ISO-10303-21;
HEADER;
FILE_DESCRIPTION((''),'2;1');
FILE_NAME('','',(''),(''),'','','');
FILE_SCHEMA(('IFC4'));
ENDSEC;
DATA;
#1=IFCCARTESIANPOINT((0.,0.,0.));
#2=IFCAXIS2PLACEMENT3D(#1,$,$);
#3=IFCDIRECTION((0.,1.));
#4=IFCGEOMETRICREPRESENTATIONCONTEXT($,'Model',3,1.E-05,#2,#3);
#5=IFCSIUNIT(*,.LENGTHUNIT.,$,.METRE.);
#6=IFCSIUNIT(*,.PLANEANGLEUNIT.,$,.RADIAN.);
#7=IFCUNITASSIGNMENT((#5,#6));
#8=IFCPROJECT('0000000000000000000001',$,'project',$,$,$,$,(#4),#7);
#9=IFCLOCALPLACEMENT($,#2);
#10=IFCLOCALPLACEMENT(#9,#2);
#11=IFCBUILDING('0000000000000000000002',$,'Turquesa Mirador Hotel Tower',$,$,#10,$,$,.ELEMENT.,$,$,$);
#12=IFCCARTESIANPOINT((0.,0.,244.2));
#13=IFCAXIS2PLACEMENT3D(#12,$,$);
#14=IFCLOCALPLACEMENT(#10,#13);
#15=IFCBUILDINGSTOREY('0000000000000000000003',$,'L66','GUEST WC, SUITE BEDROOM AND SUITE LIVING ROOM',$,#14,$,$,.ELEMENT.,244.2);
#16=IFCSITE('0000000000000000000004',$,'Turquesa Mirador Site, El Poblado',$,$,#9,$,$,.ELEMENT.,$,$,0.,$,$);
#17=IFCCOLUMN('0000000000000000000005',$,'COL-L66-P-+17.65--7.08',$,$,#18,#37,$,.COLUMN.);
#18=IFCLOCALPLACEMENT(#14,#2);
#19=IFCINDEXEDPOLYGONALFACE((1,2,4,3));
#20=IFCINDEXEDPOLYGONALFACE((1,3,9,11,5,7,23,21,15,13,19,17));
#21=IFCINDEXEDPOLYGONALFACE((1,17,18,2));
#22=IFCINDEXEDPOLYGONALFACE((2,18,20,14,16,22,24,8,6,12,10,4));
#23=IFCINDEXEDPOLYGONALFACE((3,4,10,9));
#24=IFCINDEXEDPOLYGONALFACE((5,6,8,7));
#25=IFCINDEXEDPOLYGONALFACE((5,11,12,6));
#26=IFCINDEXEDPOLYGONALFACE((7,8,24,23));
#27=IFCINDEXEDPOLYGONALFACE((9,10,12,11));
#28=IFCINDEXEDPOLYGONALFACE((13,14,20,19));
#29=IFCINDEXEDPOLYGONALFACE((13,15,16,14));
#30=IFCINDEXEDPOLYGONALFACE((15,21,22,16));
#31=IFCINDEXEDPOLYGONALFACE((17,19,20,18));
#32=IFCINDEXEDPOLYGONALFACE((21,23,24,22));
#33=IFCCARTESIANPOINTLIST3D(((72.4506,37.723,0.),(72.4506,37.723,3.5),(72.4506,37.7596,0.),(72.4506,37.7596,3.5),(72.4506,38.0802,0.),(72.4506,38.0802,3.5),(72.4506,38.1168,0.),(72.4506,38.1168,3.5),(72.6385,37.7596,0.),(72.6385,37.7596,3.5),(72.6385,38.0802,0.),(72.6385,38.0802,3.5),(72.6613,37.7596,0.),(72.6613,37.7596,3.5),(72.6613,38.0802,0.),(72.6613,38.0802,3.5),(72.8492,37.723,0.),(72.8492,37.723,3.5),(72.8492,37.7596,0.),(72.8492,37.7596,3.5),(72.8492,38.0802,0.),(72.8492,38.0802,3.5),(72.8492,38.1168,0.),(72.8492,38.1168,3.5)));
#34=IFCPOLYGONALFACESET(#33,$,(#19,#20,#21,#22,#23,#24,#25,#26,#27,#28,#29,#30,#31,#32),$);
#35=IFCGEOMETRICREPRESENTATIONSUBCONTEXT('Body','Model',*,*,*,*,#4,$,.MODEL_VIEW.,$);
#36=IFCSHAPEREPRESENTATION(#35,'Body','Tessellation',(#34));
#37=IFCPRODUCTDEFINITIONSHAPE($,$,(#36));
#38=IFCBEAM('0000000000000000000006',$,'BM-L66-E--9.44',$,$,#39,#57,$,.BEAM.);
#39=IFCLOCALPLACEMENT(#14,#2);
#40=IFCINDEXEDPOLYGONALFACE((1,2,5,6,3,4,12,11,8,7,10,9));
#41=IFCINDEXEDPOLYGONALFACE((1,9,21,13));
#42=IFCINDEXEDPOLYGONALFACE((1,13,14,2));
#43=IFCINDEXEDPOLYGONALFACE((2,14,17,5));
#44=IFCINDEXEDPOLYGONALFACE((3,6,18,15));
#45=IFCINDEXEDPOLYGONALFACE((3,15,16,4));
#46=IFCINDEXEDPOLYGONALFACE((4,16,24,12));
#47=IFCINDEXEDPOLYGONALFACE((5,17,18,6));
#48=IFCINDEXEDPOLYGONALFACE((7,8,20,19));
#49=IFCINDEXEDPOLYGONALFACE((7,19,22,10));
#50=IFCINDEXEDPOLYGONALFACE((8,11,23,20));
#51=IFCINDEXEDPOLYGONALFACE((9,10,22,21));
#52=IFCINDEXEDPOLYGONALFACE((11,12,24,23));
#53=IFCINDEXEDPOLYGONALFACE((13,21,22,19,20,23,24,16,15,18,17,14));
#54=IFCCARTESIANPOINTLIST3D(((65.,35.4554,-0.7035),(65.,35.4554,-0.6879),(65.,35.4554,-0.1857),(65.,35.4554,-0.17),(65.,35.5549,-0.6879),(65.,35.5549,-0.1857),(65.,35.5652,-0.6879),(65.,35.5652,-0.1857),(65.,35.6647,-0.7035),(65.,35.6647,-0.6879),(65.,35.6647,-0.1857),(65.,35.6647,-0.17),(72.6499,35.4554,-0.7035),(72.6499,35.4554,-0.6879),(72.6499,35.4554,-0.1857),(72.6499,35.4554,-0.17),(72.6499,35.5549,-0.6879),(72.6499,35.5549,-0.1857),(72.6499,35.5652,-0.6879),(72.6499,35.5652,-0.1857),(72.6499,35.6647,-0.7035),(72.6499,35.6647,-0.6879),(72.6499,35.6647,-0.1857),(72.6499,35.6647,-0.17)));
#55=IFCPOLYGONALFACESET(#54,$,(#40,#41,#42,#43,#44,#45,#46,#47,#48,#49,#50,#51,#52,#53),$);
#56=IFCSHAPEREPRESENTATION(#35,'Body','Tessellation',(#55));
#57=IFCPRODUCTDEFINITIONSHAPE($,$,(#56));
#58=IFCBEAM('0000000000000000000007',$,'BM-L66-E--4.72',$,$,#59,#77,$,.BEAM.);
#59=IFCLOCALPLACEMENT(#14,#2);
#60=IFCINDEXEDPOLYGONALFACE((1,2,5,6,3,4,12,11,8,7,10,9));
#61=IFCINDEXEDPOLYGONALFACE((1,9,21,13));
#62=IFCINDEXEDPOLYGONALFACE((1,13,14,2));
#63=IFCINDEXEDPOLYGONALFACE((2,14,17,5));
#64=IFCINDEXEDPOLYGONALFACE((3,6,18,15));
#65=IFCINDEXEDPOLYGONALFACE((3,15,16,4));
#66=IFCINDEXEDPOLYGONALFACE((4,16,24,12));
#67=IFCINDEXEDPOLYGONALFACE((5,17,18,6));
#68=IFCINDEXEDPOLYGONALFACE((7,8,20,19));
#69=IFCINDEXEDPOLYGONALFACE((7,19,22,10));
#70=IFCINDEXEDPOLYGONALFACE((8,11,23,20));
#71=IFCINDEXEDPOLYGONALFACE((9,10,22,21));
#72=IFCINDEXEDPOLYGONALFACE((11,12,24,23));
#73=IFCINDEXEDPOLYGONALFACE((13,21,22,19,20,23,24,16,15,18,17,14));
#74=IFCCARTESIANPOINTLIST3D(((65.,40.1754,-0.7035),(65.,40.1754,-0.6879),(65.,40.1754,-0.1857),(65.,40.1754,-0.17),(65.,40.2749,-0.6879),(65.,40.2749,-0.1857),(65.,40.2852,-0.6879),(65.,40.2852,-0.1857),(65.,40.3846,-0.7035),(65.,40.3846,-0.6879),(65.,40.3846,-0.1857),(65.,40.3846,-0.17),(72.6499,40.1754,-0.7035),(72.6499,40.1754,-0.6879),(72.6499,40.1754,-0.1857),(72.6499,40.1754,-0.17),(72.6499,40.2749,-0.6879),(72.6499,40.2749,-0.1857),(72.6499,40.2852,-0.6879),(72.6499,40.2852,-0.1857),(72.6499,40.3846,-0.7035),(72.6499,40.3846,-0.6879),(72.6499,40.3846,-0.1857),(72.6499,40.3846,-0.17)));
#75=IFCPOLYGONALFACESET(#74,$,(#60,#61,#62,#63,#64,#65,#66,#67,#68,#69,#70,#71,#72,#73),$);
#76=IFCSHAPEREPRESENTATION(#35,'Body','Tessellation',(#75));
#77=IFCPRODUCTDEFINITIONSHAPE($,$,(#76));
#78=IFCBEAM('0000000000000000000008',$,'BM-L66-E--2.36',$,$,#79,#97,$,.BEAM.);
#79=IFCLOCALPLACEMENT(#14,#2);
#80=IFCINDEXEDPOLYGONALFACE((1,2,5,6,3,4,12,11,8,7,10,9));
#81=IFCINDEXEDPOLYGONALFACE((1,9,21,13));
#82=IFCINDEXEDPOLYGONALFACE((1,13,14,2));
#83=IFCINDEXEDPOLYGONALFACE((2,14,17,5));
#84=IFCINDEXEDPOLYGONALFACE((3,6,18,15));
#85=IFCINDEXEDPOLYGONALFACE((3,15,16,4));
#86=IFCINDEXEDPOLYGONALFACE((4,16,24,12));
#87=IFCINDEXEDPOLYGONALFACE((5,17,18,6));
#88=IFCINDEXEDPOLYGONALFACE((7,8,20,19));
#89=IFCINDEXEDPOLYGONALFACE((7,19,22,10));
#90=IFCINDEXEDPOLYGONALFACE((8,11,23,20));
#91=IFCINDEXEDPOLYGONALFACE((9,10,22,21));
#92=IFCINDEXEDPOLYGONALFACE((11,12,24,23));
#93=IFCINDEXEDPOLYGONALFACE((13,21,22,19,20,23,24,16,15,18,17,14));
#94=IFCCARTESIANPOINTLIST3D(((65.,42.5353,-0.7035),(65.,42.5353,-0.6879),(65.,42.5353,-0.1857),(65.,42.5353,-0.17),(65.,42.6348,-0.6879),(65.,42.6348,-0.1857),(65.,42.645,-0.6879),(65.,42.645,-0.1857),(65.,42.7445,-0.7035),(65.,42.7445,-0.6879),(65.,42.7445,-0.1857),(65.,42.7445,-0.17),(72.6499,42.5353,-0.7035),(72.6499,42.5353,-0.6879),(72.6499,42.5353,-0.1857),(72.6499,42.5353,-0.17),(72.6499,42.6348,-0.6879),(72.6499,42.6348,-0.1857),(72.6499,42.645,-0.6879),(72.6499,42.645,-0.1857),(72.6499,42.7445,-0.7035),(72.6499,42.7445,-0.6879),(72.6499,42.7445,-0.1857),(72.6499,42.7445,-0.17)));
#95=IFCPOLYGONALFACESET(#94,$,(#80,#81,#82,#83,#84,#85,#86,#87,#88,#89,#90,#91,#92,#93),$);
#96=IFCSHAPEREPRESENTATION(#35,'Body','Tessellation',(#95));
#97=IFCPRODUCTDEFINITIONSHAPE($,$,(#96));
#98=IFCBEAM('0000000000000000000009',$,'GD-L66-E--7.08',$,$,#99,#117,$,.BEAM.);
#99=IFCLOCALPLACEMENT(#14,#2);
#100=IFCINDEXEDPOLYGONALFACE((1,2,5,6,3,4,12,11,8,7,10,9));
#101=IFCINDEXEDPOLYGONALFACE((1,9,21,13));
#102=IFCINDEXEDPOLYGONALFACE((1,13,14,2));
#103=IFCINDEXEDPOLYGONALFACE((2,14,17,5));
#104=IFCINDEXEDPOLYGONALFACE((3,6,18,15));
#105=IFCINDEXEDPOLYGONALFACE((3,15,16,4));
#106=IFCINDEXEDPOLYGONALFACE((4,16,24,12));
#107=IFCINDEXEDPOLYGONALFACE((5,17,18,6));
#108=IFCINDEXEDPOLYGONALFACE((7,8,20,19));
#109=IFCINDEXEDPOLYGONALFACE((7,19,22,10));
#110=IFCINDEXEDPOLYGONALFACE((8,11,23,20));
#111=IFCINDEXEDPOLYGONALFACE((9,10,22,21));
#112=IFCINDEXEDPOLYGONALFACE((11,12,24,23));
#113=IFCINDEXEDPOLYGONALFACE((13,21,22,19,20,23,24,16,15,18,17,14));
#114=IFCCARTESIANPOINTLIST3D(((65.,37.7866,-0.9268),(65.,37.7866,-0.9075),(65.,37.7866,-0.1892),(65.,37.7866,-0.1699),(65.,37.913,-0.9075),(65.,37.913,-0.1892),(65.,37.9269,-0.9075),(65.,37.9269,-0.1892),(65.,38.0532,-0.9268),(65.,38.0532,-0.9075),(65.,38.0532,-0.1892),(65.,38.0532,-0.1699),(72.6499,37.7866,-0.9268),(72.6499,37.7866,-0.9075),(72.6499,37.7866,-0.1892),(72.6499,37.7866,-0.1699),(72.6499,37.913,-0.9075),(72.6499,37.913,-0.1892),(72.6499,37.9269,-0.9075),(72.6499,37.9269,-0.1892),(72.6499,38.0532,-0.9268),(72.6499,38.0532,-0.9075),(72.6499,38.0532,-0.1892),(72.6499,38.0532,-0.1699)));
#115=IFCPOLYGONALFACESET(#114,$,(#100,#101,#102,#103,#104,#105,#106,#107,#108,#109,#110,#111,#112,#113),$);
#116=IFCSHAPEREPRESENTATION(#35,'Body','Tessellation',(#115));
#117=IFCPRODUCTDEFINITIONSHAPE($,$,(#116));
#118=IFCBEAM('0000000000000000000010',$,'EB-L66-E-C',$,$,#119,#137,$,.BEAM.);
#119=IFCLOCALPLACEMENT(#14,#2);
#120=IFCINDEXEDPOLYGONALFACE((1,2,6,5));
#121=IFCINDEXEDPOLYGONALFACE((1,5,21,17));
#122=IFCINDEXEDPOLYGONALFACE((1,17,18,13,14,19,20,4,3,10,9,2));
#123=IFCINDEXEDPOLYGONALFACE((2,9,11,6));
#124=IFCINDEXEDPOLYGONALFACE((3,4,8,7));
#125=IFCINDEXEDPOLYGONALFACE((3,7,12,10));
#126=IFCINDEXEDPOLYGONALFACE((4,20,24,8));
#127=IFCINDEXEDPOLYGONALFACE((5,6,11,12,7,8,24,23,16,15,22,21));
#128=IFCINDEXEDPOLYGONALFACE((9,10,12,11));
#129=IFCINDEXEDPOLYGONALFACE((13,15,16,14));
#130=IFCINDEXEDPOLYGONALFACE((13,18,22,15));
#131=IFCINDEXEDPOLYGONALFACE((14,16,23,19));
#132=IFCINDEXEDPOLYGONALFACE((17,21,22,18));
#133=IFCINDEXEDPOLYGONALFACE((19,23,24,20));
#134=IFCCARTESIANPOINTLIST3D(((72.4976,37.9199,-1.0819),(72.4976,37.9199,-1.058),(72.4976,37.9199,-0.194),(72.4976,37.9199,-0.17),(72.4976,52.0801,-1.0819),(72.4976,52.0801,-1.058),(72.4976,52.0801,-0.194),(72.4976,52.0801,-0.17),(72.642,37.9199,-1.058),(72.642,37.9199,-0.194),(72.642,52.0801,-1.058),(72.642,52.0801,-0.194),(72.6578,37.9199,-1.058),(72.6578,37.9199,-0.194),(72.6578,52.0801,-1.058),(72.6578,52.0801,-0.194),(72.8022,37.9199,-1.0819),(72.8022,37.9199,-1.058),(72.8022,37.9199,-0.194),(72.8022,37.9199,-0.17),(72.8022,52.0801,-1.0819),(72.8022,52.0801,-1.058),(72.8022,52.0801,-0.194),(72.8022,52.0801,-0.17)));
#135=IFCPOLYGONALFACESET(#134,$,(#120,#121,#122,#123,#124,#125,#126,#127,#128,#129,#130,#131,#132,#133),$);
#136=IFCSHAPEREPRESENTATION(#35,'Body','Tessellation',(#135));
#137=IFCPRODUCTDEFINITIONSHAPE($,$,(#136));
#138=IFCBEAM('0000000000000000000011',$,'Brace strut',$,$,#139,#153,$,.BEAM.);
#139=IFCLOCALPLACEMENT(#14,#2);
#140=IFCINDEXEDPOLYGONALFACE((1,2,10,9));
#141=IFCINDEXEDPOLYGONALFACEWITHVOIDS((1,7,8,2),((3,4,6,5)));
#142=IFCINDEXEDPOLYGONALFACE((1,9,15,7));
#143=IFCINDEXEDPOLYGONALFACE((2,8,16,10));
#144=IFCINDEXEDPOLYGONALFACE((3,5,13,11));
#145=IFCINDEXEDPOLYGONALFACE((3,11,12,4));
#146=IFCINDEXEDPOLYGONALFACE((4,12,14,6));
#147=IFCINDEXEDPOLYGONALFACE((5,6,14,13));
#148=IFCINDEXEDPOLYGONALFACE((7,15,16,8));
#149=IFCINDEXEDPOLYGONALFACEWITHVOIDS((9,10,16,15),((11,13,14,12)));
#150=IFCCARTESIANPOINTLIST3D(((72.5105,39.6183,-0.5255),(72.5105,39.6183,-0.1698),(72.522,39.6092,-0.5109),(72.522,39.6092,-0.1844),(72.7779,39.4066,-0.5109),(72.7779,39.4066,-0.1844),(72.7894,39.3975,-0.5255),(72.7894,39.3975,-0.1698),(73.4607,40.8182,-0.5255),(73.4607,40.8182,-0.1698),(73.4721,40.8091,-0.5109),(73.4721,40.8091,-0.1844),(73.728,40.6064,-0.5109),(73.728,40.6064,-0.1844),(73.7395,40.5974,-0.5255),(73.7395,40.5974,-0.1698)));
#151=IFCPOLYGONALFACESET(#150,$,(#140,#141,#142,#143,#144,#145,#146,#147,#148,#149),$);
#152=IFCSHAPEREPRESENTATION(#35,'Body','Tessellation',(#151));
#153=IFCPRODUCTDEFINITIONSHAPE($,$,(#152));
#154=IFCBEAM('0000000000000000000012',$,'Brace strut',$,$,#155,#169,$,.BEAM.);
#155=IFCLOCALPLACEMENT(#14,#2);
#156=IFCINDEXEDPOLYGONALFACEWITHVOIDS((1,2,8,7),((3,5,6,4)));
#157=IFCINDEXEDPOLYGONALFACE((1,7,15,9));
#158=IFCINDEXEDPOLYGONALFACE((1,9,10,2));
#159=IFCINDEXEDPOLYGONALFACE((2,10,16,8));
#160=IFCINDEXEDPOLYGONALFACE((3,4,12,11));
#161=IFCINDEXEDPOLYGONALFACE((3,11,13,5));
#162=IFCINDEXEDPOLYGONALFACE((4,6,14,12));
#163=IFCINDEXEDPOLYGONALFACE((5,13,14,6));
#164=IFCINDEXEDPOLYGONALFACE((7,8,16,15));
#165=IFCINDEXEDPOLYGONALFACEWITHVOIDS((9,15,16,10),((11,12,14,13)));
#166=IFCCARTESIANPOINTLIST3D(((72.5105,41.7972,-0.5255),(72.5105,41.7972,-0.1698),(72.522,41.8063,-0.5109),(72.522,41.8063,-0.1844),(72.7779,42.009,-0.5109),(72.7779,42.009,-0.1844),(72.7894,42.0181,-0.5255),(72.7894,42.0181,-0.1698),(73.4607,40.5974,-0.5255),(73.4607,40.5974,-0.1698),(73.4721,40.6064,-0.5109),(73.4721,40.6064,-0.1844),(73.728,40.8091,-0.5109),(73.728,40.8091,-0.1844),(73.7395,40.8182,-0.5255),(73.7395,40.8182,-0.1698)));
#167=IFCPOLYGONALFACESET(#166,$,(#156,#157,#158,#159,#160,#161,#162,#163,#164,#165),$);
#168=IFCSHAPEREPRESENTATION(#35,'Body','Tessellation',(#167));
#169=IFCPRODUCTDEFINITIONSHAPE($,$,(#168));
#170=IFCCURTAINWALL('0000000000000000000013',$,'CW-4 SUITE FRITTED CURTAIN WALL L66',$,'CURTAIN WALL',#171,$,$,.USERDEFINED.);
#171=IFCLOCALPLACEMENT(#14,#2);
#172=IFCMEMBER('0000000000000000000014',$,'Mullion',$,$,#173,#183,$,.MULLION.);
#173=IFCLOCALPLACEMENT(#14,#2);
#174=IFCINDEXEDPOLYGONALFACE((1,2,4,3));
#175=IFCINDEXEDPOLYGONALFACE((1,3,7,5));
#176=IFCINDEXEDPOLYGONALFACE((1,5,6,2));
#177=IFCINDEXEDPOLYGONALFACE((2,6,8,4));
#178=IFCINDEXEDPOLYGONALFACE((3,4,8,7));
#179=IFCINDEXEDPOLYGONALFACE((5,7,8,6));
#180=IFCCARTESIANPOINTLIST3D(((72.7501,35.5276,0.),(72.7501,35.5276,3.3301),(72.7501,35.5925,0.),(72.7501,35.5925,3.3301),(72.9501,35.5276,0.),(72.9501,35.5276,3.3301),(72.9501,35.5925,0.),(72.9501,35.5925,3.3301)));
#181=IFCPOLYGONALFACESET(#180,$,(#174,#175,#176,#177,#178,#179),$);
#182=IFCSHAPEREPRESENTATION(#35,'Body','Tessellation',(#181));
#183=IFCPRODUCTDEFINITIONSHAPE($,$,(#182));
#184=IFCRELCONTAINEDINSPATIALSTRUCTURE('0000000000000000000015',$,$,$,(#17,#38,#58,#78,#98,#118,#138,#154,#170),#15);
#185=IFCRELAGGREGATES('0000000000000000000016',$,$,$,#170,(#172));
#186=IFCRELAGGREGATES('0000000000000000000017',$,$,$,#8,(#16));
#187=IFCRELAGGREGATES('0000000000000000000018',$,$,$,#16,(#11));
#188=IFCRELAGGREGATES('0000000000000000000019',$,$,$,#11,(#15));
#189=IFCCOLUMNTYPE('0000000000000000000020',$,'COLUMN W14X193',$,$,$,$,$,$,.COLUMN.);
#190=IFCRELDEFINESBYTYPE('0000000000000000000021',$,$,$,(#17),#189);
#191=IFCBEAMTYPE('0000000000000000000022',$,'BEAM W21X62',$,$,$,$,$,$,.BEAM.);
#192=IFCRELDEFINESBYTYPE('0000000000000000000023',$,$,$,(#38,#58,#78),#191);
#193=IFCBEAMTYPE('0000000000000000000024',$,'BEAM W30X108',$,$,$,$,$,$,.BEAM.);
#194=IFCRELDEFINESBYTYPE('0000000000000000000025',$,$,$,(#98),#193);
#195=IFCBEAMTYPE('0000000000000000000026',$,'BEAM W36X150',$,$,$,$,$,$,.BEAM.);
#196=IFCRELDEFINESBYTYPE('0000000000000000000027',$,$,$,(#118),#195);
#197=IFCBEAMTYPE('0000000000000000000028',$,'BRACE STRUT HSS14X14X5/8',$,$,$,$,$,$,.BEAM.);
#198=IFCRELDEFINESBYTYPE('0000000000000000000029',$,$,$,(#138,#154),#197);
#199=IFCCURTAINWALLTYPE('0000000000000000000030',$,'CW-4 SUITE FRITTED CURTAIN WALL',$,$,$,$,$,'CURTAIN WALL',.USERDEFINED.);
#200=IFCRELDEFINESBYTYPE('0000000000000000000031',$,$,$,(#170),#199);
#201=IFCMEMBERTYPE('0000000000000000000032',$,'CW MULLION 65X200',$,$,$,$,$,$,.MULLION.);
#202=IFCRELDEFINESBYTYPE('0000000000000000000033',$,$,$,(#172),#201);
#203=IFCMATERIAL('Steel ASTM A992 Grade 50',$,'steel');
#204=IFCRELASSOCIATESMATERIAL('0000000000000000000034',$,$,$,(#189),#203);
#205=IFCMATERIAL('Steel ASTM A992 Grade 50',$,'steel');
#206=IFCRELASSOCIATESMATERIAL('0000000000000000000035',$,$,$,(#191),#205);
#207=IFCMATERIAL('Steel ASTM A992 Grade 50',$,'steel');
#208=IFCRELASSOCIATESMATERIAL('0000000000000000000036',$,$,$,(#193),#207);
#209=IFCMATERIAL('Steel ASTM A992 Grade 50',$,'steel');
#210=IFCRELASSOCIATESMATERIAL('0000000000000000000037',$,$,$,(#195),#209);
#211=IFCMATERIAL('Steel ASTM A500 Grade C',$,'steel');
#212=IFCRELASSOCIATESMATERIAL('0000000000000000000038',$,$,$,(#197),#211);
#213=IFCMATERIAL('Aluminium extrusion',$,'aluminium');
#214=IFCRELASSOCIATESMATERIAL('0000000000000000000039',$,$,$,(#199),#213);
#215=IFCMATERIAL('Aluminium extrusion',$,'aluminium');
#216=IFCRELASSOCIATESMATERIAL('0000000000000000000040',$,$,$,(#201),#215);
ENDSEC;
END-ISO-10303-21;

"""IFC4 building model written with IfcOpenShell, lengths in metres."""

from ifc_helpers import new_model, si_unit, direction, frame, origin, origin_2d, place, context, subcontext, project, spatial, rectangle, hollow_rectangle, i_section, extrude, material, material_profile, profile_set, type_object, element, aggregate, save


model = new_model("IFC4")

# Units and contexts
model_context = context("Model", 3, precision=1e-05, world=origin(), true_north=direction((0.0, 1.0)))
body_context = subcontext(model_context, "Body", "Model", "MODEL_VIEW")
ifc_project = project(units=[si_unit("LENGTHUNIT", "METRE"), si_unit("PLANEANGLEUNIT", "RADIAN")], contexts=[model_context])

# Site, building, storey
site_placement = place(None, origin())
site = spatial("IfcSite", under=ifc_project, at=site_placement, Name="Turquesa Mirador Site, El Poblado", CompositionType="ELEMENT", RefElevation=0.0)
building_placement = place(site_placement, origin())
building = spatial("IfcBuilding", under=site, at=building_placement, Name="Turquesa Mirador Hotel Tower", CompositionType="ELEMENT")
storey_placement = place(building_placement, frame((0.0, 0.0, 244.2)))
storey = spatial("IfcBuildingStorey", under=building, at=storey_placement, Name="L66", Description="GUEST WC, SUITE BEDROOM AND SUITE LIVING ROOM", CompositionType="ELEMENT", Elevation=244.2)

# Column
ifc_material_1 = material(Name="Steel ASTM A992 Grade 50", Category="steel")
ifc_material_profile_1 = material_profile(ifc_material_1, i_section(OverallWidth=0.3987, OverallDepth=0.3938, WebThickness=0.0227, FlangeThickness=0.0366, at=origin_2d()), Name="W14X193")
ifc_profile_set_1 = profile_set([ifc_material_profile_1], Name="Steel ASTM A992 Grade 50")
column_type = type_object("IfcColumnType", Name="COLUMN W14X193", PredefinedType="COLUMN", material=ifc_profile_set_1)
column_placement = place(storey_placement, frame((72.6499, 37.9199, 0.0), z_axis=(0.0, 0.0, 1.0), x_axis=(1.0, 0.0, 0.0)))
element("IfcColumn", 1, at=column_placement, inside=storey, type_object=column_type, Name="COL-L66-P-+17.65--7.08", PredefinedType="COLUMN", context=body_context, shape_type="SweptSolid", body=[
    extrude(i_section(OverallWidth=0.3987, OverallDepth=0.3938, WebThickness=0.0227, FlangeThickness=0.0366, at=origin_2d()), origin(), (0.0, 0.0, 1.0), 3.5),
])

# Beams
ifc_material_2 = material(Name="Steel ASTM A992 Grade 50", Category="steel")
ifc_material_profile_2 = material_profile(ifc_material_2, i_section(OverallWidth=0.2092, OverallDepth=0.5334, WebThickness=0.0103, FlangeThickness=0.0156, at=origin_2d()), Name="W21X62")
ifc_profile_set_2 = profile_set([ifc_material_profile_2], Name="Steel ASTM A992 Grade 50")
beam_type_1 = type_object("IfcBeamType", Name="BEAM W21X62", PredefinedType="BEAM", material=ifc_profile_set_2)
for number, where, z_axis, x_axis, name in (
    (2, (72.6499, 35.5601, -0.4368), (-1.0, 0.0, 0.0), (0.0, -1.0, 0.0), "BM-L66-E--9.44"),
    (3, (72.6499, 40.28, -0.4368), (-1.0, 0.0, 0.0), (0.0, -1.0, 0.0), "BM-L66-E--4.72"),
    (4, (72.6499, 42.6399, -0.4368), (-1.0, 0.0, 0.0), (0.0, -1.0, 0.0), "BM-L66-E--2.36"),
):
    element("IfcBeam", number, at=place(storey_placement, frame(where, z_axis=z_axis, x_axis=x_axis)), inside=storey, type_object=beam_type_1, Name=name, PredefinedType="BEAM", context=body_context, shape_type="SweptSolid", body=[
        extrude(i_section(OverallWidth=0.2092, OverallDepth=0.5334, WebThickness=0.0103, FlangeThickness=0.0156, at=origin_2d()), origin(), (0.0, 0.0, 1.0), 7.6499),
    ])
ifc_material_3 = material(Name="Steel ASTM A992 Grade 50", Category="steel")
ifc_material_profile_3 = material_profile(ifc_material_3, i_section(OverallWidth=0.2666, OverallDepth=0.7568, WebThickness=0.0139, FlangeThickness=0.0193, at=origin_2d()), Name="W30X108")
ifc_profile_set_3 = profile_set([ifc_material_profile_3], Name="Steel ASTM A992 Grade 50")
beam_type_2 = type_object("IfcBeamType", Name="BEAM W30X108", PredefinedType="BEAM", material=ifc_profile_set_3)
beam_1_placement = place(storey_placement, frame((72.6499, 37.9199, -0.5483), z_axis=(-1.0, 0.0, 0.0), x_axis=(0.0, -1.0, 0.0)))
element("IfcBeam", 5, at=beam_1_placement, inside=storey, type_object=beam_type_2, Name="GD-L66-E--7.08", PredefinedType="BEAM", context=body_context, shape_type="SweptSolid", body=[
    extrude(i_section(OverallWidth=0.2666, OverallDepth=0.7568, WebThickness=0.0139, FlangeThickness=0.0193, at=origin_2d()), origin(), (0.0, 0.0, 1.0), 7.6499),
])
ifc_material_4 = material(Name="Steel ASTM A992 Grade 50", Category="steel")
ifc_material_profile_4 = material_profile(ifc_material_4, i_section(OverallWidth=0.3047, OverallDepth=0.9119, WebThickness=0.0159, FlangeThickness=0.0239, at=origin_2d()), Name="W36X150")
ifc_profile_set_4 = profile_set([ifc_material_profile_4], Name="Steel ASTM A992 Grade 50")
beam_type_3 = type_object("IfcBeamType", Name="BEAM W36X150", PredefinedType="BEAM", material=ifc_profile_set_4)
beam_2_placement = place(storey_placement, frame((72.6499, 37.9199, -0.626), z_axis=(0.0, 1.0, 0.0), x_axis=(-1.0, 0.0, 0.0)))
element("IfcBeam", 6, at=beam_2_placement, inside=storey, type_object=beam_type_3, Name="EB-L66-E-C", PredefinedType="BEAM", context=body_context, shape_type="SweptSolid", body=[
    extrude(i_section(OverallWidth=0.3047, OverallDepth=0.9119, WebThickness=0.0159, FlangeThickness=0.0239, at=origin_2d()), origin(), (0.0, 0.0, 1.0), 14.1602),
])
ifc_material_5 = material(Name="Steel ASTM A500 Grade C", Category="steel")
ifc_material_profile_5 = material_profile(ifc_material_5, hollow_rectangle(XDim=0.3557, YDim=0.3557, WallThickness=0.0146, at=origin_2d()), Name="HSS14X14X5/8")
ifc_profile_set_5 = profile_set([ifc_material_profile_5], Name="Steel ASTM A500 Grade C")
beam_type_4 = type_object("IfcBeamType", Name="BRACE STRUT HSS14X14X5/8", PredefinedType="BEAM", material=ifc_profile_set_5)
for number, where, z_axis, x_axis, name in (
    (7, (73.6001, 40.7078, -0.3477), (-0.620797, -0.783971, 0.0), (0.783971, -0.620797, 0.0), "Brace strut"),
    (8, (73.6001, 40.7078, -0.3477), (-0.620797, 0.783971, 0.0), (-0.783971, -0.620797, 0.0), "Brace strut"),
):
    element("IfcBeam", number, at=place(storey_placement, frame(where, z_axis=z_axis, x_axis=x_axis)), inside=storey, type_object=beam_type_4, Name=name, PredefinedType="BEAM", context=body_context, shape_type="SweptSolid", body=[
        extrude(hollow_rectangle(XDim=0.3557, YDim=0.3557, WallThickness=0.0146, at=origin_2d()), origin(), (0.0, 0.0, 1.0), 1.5305),
    ])

# Curtain wall, member
ifc_material_6 = material(Name="Aluminium extrusion", Category="aluminium")
curtain_wall_type = type_object("IfcCurtainWallType", Name="CW-4 SUITE FRITTED CURTAIN WALL", ElementType="CURTAIN WALL", PredefinedType="USERDEFINED", material=ifc_material_6)
curtain_wall_1_placement = place(storey_placement, origin())
curtain_wall_1 = element("IfcCurtainWall", 9, at=curtain_wall_1_placement, inside=storey, type_object=curtain_wall_type, Name="CW-4 SUITE FRITTED CURTAIN WALL L66", ObjectType="CURTAIN WALL", PredefinedType="USERDEFINED")
ifc_material_7 = material(Name="Aluminium extrusion", Category="aluminium")
ifc_material_profile_6 = material_profile(ifc_material_7, rectangle(XDim=0.0649, YDim=0.2, at=origin_2d()), Name="MULLION 65X200")
ifc_profile_set_6 = profile_set([ifc_material_profile_6], Name="Aluminium extrusion")
member_type_1 = type_object("IfcMemberType", Name="CW MULLION 65X200", PredefinedType="MULLION", material=ifc_profile_set_6)
member_1_placement = place(storey_placement, frame((72.8501, 35.5601, 0.0), z_axis=(0.0, 0.0, 1.0), x_axis=(0.0, 1.0, 0.0)))
member_1 = element("IfcMember", 10, at=member_1_placement, type_object=member_type_1, Name="Mullion", PredefinedType="MULLION", context=body_context, shape_type="SweptSolid", body=[
    extrude(rectangle(XDim=0.0649, YDim=0.2, at=origin_2d()), origin(), (0.0, 0.0, 1.0), 3.3301),
])

aggregate(curtain_wall_1, [member_1])

save(model, "model.ifc")
